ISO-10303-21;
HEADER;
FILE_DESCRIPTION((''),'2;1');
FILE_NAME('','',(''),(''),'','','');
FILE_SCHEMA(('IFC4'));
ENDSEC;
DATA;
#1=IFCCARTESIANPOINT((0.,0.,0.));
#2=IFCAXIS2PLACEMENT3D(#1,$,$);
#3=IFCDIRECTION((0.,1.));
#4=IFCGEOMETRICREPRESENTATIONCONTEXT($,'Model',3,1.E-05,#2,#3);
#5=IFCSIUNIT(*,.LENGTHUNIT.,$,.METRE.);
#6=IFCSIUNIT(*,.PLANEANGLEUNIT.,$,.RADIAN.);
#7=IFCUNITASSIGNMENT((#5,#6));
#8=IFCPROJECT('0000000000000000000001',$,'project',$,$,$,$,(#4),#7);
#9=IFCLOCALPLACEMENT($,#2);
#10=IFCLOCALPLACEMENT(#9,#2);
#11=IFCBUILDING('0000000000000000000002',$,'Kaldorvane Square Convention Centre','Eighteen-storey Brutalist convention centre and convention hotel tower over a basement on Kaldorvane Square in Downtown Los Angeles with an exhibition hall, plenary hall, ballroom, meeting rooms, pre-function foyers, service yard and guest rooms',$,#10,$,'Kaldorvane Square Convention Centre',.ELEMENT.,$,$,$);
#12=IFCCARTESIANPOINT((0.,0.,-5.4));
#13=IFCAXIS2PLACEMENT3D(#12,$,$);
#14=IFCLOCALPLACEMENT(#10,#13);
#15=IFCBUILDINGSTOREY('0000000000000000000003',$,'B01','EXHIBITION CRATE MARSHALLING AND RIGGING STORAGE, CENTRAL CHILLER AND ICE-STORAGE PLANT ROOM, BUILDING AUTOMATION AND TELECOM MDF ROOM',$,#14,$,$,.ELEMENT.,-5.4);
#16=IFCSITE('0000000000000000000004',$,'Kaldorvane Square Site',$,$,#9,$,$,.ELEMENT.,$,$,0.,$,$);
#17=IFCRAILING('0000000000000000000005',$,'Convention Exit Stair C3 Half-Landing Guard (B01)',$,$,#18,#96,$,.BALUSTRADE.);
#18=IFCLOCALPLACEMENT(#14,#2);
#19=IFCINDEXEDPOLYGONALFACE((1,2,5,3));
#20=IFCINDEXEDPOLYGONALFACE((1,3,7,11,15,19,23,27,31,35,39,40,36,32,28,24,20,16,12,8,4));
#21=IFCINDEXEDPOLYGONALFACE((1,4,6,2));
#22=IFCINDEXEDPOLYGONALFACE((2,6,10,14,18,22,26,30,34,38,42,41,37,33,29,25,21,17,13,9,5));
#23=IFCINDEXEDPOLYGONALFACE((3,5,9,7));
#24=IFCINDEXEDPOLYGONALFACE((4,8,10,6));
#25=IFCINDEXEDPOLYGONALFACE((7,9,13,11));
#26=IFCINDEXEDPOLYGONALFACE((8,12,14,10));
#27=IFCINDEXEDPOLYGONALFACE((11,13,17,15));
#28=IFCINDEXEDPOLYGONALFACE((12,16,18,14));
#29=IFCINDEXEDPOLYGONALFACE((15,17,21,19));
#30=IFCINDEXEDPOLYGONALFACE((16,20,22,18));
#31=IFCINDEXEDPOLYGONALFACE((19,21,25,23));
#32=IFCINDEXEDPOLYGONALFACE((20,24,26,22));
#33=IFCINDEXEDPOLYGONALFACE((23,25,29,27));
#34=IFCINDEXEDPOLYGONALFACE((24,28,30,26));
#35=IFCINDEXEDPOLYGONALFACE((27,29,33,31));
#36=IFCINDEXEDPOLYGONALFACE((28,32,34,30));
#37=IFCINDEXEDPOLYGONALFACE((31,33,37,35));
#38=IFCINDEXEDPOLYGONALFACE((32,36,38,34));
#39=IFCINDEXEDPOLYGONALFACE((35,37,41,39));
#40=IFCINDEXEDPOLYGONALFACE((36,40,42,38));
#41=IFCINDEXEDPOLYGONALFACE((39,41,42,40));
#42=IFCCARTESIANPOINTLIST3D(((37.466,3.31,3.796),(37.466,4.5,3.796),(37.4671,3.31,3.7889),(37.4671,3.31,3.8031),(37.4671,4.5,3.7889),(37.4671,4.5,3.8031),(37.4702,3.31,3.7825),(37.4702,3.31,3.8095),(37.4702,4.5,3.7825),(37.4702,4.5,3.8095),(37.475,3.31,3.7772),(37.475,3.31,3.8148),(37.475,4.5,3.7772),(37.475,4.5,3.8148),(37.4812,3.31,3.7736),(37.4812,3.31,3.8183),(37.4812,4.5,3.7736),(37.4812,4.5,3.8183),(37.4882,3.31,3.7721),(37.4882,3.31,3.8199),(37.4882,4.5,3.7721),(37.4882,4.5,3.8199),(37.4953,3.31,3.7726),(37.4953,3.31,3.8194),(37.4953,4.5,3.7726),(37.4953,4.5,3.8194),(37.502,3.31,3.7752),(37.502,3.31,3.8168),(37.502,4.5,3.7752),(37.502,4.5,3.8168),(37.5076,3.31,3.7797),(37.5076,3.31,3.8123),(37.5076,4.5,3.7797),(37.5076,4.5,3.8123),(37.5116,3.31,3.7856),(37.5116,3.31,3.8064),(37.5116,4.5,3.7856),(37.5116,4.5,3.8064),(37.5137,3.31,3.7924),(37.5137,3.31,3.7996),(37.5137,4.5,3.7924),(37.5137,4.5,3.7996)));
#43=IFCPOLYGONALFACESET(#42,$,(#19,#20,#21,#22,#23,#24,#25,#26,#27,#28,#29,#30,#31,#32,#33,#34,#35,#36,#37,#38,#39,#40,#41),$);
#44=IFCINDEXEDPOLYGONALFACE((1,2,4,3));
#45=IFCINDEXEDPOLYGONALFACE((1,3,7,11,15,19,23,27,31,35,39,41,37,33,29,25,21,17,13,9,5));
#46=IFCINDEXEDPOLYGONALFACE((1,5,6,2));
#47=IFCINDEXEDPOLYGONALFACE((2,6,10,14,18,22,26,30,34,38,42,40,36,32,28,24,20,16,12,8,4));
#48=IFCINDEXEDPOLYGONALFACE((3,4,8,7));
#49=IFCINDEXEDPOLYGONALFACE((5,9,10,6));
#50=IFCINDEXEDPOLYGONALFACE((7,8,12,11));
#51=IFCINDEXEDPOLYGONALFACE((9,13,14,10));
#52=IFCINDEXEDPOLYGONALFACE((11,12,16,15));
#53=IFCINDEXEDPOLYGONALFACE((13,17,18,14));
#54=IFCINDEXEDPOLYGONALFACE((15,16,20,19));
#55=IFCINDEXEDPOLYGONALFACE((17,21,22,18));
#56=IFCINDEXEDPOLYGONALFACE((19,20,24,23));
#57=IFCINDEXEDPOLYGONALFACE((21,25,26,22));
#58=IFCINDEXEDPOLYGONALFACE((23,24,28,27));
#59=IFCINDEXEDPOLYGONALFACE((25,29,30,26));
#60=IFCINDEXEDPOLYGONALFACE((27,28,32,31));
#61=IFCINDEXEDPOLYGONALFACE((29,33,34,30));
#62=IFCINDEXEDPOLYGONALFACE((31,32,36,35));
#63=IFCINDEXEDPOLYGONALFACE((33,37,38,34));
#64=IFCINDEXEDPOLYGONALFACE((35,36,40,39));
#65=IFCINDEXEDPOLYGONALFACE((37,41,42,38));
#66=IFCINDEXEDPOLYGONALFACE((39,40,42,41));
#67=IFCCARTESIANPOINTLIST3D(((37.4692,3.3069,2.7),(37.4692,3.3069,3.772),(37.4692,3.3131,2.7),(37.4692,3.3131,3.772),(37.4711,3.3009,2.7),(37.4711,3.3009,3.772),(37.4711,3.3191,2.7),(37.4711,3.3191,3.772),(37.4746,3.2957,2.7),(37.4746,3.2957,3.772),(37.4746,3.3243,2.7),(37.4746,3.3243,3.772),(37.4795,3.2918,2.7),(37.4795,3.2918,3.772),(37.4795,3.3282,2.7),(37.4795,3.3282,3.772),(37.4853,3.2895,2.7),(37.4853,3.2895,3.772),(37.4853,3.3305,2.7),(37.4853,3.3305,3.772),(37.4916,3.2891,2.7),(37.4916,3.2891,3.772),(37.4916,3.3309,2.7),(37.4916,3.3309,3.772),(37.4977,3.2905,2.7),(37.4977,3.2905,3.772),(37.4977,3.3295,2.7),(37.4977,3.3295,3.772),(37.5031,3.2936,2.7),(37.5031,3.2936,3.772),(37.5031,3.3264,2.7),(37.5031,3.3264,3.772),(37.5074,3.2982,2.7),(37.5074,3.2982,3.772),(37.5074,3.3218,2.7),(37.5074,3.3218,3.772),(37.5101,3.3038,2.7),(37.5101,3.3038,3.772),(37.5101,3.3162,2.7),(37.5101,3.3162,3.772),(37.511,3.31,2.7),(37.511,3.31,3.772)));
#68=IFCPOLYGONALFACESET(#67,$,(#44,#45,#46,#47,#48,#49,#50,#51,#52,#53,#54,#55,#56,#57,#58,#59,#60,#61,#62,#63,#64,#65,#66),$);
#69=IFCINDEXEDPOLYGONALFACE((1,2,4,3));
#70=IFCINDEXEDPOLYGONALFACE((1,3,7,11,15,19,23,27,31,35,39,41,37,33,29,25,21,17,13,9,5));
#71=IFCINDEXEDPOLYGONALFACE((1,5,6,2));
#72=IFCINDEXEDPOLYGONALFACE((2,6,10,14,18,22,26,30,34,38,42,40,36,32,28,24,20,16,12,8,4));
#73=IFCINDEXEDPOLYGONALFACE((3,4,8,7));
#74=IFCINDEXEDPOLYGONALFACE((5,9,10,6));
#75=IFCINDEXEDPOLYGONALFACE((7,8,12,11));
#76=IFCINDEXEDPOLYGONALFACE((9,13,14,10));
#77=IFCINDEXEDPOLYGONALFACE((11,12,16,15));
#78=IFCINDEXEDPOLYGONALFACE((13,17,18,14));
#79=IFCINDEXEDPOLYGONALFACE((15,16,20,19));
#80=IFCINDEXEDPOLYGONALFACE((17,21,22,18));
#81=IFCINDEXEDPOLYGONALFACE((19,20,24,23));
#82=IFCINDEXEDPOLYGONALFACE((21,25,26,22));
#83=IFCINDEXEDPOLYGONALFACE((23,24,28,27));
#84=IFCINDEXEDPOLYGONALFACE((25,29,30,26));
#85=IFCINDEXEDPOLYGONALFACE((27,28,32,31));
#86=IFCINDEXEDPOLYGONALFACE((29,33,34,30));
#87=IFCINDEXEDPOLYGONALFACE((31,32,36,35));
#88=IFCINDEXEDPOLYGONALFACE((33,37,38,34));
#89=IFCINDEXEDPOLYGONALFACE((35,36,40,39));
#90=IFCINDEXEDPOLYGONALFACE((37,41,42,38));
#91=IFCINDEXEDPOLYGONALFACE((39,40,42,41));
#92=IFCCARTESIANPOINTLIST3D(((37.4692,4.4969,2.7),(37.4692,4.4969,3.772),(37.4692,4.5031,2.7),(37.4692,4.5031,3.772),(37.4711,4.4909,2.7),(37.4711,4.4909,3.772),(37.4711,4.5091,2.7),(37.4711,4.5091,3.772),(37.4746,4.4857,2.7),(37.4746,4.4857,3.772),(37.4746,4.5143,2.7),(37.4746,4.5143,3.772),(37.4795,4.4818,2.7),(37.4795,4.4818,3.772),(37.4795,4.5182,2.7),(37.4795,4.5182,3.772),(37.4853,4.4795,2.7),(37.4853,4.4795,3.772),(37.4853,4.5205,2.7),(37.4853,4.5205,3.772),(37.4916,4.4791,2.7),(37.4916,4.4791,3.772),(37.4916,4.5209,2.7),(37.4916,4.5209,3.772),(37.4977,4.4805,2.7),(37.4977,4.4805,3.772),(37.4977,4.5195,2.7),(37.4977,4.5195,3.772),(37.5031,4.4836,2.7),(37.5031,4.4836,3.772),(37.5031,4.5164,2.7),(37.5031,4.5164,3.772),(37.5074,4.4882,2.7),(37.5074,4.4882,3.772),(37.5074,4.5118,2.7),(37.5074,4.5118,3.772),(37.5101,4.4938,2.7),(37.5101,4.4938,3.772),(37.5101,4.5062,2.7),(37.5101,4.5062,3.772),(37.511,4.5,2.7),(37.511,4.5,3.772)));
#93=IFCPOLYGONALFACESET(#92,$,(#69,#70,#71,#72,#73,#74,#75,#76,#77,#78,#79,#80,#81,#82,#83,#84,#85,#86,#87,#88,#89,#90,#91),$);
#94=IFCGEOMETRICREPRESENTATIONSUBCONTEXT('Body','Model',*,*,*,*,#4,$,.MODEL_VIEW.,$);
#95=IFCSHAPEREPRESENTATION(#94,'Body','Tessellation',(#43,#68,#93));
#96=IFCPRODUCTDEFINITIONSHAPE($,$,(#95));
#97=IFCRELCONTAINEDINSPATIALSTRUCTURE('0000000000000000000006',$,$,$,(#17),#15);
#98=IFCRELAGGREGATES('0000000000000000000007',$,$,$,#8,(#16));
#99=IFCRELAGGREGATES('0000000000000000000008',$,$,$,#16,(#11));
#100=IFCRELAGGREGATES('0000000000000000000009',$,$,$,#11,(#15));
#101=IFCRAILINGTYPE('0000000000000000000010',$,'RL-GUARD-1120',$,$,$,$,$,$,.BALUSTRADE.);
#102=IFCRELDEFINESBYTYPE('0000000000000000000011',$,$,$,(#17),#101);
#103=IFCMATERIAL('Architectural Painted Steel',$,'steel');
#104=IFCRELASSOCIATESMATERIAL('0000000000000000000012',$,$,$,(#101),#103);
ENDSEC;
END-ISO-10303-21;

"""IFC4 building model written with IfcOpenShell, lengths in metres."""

from ifc_helpers import new_model, si_unit, direction, frame, origin, origin_2d, place, context, subcontext, project, spatial, circle, extrude, material, type_object, element, save


model = new_model("IFC4")

# Units and contexts
model_context = context("Model", 3, precision=1e-05, world=origin(), true_north=direction((0.0, 1.0)))
body_context = subcontext(model_context, "Body", "Model", "MODEL_VIEW")
ifc_project = project(units=[si_unit("LENGTHUNIT", "METRE"), si_unit("PLANEANGLEUNIT", "RADIAN")], contexts=[model_context])

# Site, building, storey
site_placement = place(None, origin())
site = spatial("IfcSite", under=ifc_project, at=site_placement, Name="Kaldorvane Square Site", CompositionType="ELEMENT", RefElevation=0.0)
building_placement = place(site_placement, origin())
building = spatial("IfcBuilding", under=site, at=building_placement, Name="Kaldorvane Square Convention Centre", Description="Eighteen-storey Brutalist convention centre and convention hotel tower over a basement on Kaldorvane Square in Downtown Los Angeles with an exhibition hall, plenary hall, ballroom, meeting rooms, pre-function foyers, service yard and guest rooms", LongName="Kaldorvane Square Convention Centre", CompositionType="ELEMENT")
storey_placement = place(building_placement, frame((0.0, 0.0, -5.4)))
storey = spatial("IfcBuildingStorey", under=building, at=storey_placement, Name="B01", Description="EXHIBITION CRATE MARSHALLING AND RIGGING STORAGE, CENTRAL CHILLER AND ICE-STORAGE PLANT ROOM, BUILDING AUTOMATION AND TELECOM MDF ROOM", CompositionType="ELEMENT", Elevation=-5.4)

# Railing
ifc_material_1 = material(Name="Architectural Painted Steel", Category="steel")
railing_type_1 = type_object("IfcRailingType", Name="RL-GUARD-1120", PredefinedType="BALUSTRADE", material=ifc_material_1)
railing_1_placement = place(storey_placement, frame((37.49, 3.31, 2.7)))
element("IfcRailing", 1, at=railing_1_placement, inside=storey, type_object=railing_type_1, Name="Convention Exit Stair C3 Half-Landing Guard (B01)", PredefinedType="BALUSTRADE", context=body_context, shape_type="SweptSolid", body=[
    extrude(circle(Radius=0.024, at=origin_2d()), frame((0.0, 0.0, 1.096), z_axis=(0.0, 1.0, 0.0), x_axis=(-1.0, 0.0, 0.0)), (0.0, 0.0, 1.0), 1.19),
    extrude(circle(Radius=0.021, at=origin_2d()), origin(), (0.0, 0.0, 1.0), 1.072),
    extrude(circle(Radius=0.021, at=origin_2d()), frame((0.0, 1.19, 0.0)), (0.0, 0.0, 1.0), 1.072),
])

save(model, "model.ifc")
